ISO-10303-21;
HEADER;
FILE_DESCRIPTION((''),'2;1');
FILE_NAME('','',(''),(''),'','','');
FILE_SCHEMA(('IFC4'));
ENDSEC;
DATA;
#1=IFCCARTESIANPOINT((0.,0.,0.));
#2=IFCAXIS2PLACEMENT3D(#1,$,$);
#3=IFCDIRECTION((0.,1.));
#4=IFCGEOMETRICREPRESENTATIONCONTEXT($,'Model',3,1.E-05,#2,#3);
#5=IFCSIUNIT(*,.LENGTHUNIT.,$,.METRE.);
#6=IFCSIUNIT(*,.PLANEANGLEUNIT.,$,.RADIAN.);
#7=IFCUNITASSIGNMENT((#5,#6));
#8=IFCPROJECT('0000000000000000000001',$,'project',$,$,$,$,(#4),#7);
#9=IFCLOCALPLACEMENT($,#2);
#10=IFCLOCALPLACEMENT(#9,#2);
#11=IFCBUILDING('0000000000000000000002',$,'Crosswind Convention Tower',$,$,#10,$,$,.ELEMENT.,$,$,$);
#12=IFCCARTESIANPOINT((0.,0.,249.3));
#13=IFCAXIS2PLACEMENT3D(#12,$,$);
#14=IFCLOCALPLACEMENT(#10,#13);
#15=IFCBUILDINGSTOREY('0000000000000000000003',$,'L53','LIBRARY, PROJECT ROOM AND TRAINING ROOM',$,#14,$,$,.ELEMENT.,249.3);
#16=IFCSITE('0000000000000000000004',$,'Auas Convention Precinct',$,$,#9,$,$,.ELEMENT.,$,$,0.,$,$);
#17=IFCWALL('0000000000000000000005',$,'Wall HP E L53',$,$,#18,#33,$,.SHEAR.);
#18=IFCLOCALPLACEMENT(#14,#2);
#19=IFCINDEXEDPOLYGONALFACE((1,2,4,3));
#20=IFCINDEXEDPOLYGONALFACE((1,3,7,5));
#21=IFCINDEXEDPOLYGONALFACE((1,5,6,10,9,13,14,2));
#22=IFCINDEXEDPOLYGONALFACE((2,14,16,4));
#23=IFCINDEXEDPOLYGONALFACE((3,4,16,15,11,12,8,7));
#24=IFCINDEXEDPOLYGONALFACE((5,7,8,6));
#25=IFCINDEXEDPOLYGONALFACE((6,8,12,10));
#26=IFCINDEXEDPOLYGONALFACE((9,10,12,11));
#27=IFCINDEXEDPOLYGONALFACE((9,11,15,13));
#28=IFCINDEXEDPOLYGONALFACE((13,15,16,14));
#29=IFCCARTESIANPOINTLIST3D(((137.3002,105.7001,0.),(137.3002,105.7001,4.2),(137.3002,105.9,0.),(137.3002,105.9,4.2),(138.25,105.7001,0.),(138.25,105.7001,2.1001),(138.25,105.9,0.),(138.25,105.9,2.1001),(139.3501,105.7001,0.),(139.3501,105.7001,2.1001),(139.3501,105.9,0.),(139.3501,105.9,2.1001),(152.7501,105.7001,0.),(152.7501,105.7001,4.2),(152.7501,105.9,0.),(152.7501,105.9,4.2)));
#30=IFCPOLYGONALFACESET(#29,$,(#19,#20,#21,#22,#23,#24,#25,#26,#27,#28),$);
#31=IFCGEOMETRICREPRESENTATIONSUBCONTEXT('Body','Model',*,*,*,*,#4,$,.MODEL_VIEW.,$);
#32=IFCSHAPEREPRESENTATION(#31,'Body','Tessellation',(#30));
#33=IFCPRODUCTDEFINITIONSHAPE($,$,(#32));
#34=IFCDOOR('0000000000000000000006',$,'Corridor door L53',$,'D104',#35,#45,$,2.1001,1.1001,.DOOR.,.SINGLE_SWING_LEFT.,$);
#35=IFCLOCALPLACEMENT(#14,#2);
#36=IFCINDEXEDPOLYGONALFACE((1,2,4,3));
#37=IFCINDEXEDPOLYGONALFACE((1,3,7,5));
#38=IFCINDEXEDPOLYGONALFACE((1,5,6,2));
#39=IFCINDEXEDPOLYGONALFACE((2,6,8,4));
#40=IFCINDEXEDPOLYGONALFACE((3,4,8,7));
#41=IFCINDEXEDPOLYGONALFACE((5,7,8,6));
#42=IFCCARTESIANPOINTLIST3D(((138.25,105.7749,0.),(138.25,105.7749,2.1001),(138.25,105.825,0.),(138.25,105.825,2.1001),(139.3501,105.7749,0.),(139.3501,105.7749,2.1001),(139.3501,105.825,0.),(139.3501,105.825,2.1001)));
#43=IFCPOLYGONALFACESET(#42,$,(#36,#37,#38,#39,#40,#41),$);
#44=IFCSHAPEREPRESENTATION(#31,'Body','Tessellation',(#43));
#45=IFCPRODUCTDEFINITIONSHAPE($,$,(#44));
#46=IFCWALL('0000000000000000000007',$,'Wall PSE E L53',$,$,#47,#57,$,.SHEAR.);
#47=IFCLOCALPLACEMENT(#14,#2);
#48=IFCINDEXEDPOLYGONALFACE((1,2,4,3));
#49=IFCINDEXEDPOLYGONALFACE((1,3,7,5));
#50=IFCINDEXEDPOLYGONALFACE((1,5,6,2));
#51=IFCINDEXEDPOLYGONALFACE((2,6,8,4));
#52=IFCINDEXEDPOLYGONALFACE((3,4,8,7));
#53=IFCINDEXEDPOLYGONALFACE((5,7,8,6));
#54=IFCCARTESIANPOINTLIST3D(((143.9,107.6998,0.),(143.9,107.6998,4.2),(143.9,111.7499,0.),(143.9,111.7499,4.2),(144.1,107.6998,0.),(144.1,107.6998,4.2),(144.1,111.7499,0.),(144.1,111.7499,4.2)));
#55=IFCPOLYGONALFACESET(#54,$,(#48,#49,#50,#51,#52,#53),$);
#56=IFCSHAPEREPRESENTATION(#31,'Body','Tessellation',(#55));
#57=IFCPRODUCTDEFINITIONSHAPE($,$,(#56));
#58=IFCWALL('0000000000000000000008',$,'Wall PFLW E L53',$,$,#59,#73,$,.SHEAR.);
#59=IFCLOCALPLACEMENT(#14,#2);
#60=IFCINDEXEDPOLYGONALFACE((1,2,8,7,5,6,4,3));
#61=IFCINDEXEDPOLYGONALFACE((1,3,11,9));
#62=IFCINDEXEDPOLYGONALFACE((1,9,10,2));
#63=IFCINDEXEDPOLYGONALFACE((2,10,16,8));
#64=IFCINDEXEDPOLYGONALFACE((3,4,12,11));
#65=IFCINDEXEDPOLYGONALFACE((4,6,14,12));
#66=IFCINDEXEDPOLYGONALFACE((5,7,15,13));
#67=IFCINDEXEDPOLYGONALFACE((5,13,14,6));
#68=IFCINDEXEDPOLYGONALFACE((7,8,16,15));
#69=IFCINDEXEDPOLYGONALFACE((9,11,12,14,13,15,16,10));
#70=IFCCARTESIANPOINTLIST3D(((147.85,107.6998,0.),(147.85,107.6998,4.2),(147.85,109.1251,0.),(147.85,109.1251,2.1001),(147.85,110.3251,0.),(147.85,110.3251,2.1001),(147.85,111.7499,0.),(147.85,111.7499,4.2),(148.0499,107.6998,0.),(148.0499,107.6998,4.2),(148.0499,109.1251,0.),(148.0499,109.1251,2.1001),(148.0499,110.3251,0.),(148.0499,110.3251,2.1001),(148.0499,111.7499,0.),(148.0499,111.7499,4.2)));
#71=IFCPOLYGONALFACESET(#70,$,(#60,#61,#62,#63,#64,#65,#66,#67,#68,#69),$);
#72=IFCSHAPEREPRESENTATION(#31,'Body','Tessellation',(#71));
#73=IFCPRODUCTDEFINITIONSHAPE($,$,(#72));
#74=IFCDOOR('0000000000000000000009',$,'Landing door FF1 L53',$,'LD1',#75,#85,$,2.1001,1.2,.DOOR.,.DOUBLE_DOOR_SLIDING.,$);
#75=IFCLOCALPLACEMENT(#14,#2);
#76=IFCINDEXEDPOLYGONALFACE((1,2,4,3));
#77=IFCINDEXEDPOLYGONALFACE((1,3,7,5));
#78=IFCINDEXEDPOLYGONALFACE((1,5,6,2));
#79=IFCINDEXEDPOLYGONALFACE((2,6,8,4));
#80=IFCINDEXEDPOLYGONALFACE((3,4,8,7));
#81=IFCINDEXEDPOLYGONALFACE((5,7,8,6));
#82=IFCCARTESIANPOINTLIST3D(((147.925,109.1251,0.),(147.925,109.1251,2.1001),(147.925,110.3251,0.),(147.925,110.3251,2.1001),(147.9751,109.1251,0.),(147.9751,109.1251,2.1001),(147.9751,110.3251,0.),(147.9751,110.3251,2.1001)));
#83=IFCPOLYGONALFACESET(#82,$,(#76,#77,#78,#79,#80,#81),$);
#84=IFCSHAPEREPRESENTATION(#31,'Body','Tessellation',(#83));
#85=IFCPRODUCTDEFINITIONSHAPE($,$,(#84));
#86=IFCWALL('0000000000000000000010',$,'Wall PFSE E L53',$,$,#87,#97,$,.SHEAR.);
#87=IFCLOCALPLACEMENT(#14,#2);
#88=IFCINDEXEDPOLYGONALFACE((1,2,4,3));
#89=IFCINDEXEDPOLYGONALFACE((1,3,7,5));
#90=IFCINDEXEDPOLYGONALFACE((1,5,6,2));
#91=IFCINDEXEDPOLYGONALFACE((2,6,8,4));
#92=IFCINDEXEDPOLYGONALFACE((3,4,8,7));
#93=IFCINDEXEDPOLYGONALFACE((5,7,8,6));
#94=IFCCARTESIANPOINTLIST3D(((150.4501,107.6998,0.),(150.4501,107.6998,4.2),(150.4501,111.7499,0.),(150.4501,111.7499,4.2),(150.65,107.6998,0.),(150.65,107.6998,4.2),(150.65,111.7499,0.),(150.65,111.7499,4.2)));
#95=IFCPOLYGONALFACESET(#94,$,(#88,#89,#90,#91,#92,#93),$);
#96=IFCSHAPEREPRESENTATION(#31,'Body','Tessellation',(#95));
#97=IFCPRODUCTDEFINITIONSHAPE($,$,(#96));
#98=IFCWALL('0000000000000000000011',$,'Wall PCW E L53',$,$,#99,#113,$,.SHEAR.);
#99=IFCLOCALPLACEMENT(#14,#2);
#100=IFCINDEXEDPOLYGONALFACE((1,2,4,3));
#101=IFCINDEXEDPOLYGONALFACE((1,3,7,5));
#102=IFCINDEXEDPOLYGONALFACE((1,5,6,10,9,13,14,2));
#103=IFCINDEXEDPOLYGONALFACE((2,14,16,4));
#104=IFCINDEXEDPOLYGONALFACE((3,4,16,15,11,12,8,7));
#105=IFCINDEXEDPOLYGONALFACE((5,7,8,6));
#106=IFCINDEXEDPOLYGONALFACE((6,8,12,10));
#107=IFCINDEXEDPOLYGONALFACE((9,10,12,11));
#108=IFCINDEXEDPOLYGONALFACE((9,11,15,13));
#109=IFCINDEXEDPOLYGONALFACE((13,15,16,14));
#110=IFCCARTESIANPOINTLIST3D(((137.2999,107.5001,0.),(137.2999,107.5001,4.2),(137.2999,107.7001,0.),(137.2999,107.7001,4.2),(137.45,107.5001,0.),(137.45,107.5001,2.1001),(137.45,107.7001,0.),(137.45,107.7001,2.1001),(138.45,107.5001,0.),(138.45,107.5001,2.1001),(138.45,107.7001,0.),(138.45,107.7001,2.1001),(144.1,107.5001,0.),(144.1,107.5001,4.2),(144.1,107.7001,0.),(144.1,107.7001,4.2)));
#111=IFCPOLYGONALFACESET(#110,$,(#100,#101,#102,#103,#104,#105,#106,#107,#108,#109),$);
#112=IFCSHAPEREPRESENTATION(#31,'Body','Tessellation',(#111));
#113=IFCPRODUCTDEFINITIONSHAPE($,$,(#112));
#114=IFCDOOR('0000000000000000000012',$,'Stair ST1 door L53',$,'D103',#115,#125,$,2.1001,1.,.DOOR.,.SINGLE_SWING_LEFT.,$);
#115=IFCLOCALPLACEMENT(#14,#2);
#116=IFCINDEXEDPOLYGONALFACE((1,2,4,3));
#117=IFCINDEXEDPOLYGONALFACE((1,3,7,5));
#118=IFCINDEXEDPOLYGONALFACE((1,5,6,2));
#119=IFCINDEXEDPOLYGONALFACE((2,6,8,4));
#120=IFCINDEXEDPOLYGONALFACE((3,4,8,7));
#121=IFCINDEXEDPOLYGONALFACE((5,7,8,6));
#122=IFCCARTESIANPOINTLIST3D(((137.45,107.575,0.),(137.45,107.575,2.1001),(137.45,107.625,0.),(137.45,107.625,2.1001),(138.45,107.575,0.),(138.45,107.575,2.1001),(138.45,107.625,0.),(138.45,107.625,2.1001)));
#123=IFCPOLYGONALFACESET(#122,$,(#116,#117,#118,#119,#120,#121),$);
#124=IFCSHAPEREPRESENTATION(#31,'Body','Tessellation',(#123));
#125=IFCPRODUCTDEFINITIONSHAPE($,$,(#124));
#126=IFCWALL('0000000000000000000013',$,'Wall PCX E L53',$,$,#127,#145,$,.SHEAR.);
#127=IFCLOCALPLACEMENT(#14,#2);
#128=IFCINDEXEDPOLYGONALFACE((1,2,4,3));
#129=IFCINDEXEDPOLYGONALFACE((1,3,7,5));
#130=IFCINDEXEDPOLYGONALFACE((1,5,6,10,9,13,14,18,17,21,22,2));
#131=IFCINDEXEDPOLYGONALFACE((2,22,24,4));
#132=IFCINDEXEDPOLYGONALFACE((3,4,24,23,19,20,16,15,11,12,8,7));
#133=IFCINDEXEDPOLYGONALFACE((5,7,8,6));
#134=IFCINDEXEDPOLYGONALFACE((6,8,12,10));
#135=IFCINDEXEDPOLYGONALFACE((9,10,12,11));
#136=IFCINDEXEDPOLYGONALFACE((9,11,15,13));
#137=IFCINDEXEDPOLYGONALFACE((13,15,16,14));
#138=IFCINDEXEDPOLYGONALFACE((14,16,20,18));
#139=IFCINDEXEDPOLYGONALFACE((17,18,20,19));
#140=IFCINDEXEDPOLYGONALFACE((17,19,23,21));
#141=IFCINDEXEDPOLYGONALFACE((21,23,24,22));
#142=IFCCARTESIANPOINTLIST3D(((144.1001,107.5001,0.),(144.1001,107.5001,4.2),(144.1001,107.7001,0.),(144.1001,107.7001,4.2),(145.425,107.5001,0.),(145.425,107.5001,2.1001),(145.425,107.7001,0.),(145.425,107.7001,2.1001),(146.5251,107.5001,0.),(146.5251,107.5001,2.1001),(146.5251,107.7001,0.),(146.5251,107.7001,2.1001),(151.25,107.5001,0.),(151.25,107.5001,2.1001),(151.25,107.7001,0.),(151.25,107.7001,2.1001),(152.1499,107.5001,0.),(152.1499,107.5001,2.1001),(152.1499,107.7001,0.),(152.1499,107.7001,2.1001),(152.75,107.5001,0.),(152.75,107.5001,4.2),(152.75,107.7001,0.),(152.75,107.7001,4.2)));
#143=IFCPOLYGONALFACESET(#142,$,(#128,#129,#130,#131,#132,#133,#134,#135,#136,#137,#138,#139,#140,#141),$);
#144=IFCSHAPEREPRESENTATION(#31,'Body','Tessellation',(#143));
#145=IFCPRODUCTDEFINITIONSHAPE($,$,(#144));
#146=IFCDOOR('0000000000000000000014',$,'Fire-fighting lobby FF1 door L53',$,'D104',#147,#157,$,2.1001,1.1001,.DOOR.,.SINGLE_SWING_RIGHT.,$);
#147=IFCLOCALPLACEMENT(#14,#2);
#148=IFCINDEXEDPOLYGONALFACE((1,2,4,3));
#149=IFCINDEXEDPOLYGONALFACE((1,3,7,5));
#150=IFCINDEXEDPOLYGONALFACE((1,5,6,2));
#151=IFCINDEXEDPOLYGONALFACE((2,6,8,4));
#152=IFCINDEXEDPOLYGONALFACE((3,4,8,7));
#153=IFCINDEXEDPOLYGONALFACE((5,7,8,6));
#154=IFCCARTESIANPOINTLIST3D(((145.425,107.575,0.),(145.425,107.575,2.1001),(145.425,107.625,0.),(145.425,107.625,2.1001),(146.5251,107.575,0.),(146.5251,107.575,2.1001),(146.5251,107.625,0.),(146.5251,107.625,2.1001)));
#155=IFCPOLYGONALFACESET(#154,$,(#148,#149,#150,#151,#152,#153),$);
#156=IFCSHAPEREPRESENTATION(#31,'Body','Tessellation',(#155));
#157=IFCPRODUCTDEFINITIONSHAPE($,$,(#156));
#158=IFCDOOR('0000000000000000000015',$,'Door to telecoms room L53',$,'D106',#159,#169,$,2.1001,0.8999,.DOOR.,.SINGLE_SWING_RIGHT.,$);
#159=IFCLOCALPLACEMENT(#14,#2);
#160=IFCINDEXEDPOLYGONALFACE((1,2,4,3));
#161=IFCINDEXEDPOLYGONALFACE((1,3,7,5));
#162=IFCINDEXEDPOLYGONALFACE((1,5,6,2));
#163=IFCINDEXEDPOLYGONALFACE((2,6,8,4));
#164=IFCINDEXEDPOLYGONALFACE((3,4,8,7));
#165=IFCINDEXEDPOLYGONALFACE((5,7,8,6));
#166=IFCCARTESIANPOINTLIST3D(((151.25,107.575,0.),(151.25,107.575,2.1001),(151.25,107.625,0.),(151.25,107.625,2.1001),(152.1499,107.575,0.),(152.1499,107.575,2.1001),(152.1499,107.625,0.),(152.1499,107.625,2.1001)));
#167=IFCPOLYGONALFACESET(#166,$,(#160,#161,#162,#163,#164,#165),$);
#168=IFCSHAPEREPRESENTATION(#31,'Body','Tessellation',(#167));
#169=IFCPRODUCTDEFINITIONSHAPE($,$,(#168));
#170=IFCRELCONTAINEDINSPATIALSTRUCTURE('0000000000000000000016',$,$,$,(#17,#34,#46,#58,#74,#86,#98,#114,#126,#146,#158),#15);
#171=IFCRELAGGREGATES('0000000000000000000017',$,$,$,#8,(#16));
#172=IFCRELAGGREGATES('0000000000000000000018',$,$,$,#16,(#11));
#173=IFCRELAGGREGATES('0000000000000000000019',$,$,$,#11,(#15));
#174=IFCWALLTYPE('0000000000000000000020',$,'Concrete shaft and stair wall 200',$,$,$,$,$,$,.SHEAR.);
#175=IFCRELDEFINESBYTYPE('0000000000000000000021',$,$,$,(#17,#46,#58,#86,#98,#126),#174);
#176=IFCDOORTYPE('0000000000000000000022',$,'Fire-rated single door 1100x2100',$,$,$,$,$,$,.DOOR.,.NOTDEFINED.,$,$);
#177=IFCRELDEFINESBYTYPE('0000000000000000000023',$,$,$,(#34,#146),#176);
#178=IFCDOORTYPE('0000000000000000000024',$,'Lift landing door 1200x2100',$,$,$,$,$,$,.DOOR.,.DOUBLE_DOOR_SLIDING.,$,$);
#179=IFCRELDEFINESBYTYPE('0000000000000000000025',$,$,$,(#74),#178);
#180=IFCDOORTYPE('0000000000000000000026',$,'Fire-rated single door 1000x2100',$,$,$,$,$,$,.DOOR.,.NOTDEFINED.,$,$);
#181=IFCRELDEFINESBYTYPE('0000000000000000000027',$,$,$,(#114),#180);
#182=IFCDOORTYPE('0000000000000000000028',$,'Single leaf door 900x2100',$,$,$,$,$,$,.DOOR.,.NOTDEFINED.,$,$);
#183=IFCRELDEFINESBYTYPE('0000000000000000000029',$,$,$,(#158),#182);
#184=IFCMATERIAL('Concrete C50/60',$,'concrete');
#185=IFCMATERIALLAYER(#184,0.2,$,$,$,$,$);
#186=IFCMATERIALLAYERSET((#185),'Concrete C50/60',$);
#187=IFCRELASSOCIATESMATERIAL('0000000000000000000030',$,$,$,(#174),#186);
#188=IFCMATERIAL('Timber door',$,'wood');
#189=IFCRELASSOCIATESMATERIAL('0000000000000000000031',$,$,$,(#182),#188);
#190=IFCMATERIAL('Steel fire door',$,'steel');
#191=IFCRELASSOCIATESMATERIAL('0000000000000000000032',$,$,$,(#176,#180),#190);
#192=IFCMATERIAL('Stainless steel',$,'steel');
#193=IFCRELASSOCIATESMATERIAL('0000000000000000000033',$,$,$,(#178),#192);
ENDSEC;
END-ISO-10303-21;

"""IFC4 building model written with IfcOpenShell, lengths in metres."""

from ifc_helpers import new_model, si_unit, direction, frame, frame_2d, origin, place, context, subcontext, project, spatial, rectangle, extrude, material, layer, layer_set, type_object, element, fill, save


model = new_model("IFC4")

# Units and contexts
model_context = context("Model", 3, precision=1e-05, world=origin(), true_north=direction((0.0, 1.0)))
body_context = subcontext(model_context, "Body", "Model", "MODEL_VIEW")
ifc_project = project(units=[si_unit("LENGTHUNIT", "METRE"), si_unit("PLANEANGLEUNIT", "RADIAN")], contexts=[model_context])

# Site, building, storey
site_placement = place(None, origin())
site = spatial("IfcSite", under=ifc_project, at=site_placement, Name="Auas Convention Precinct", CompositionType="ELEMENT", RefElevation=0.0)
building_placement = place(site_placement, origin())
building = spatial("IfcBuilding", under=site, at=building_placement, Name="Crosswind Convention Tower", CompositionType="ELEMENT")
storey_placement = place(building_placement, frame((0.0, 0.0, 249.3)))
storey = spatial("IfcBuildingStorey", under=building, at=storey_placement, Name="L53", Description="LIBRARY, PROJECT ROOM AND TRAINING ROOM", CompositionType="ELEMENT", Elevation=249.3)

# Shared definitions
ifc_material_1 = material(Name="Concrete C50/60", Category="concrete")
ifc_layer_1 = layer(ifc_material_1, 0.2)
ifc_layer_set_1 = layer_set([ifc_layer_1], Name="Concrete C50/60")
wall_type_1 = type_object("IfcWallType", Name="Concrete shaft and stair wall 200", PredefinedType="SHEAR", material=ifc_layer_set_1)

# Shared definitions
ifc_material_2 = material(Name="Timber door", Category="wood")
door_type_1 = type_object("IfcDoorType", Name="Single leaf door 900x2100", OperationType="NOTDEFINED", PredefinedType="DOOR", material=ifc_material_2)

# Wall, opening, door
wall_1_placement = place(storey_placement, frame((137.3, 105.8, 0.0), z_axis=(0.0, 0.0, 1.0), x_axis=(1.0, 0.0, 0.0)))
wall_1 = element("IfcWall", 1, at=wall_1_placement, inside=storey, type_object=wall_type_1, Name="Wall HP E L53", PredefinedType="SHEAR", context=body_context, shape_type="SweptSolid", body=[
    extrude(rectangle(XDim=15.45, YDim=0.2, at=frame_2d((7.7251, 0.0))), origin(), (0.0, 0.0, 1.0), 4.2),
])
opening_1_placement = place(wall_1_placement, frame((0.95, 0.0, 0.0)))
opening_1 = element("IfcOpeningElement", 2, at=opening_1_placement, cuts=wall_1, PredefinedType="OPENING", context=body_context, shape_type="SweptSolid", body=[
    extrude(rectangle(XDim=1.1001, YDim=2.1001, at=frame_2d((0.55, 1.05))), frame((0.0, 0.1099, 0.0), z_axis=(0.0, -1.0, 0.0), x_axis=(1.0, 0.0, 0.0)), (0.0, 0.0, 1.0), 0.22),
])
ifc_material_3 = material(Name="Steel fire door", Category="steel")
door_type_2 = type_object("IfcDoorType", Name="Fire-rated single door 1100x2100", OperationType="NOTDEFINED", PredefinedType="DOOR", material=ifc_material_3)
door_1_placement = place(opening_1_placement, origin())
door_1 = element("IfcDoor", 3, at=door_1_placement, inside=storey, type_object=door_type_2, Name="Corridor door L53", ObjectType="D104", OperationType="SINGLE_SWING_LEFT", OverallHeight=2.1001, OverallWidth=1.1001, PredefinedType="DOOR", context=body_context, shape_type="SweptSolid", body=[
    extrude(rectangle(XDim=1.1001, YDim=2.1001, at=frame_2d((0.55, 1.05))), frame((0.0, 0.0249, 0.0), z_axis=(0.0, -1.0, 0.0), x_axis=(1.0, 0.0, 0.0)), (0.0, 0.0, 1.0), 0.05),
])
fill(opening_1, door_1)

# Wall
wall_2_placement = place(storey_placement, frame((144.0, 107.7, 0.0), z_axis=(0.0, 0.0, 1.0), x_axis=(0.0, 1.0, 0.0)))
element("IfcWall", 4, at=wall_2_placement, inside=storey, type_object=wall_type_1, Name="Wall PSE E L53", PredefinedType="SHEAR", context=body_context, shape_type="SweptSolid", body=[
    extrude(rectangle(XDim=4.05, YDim=0.2, at=frame_2d((2.0249, 0.0))), origin(), (0.0, 0.0, 1.0), 4.2),
])

# Wall, opening, door
wall_3_placement = place(storey_placement, frame((147.95, 107.7, 0.0), z_axis=(0.0, 0.0, 1.0), x_axis=(0.0, 1.0, 0.0)))
wall_3 = element("IfcWall", 5, at=wall_3_placement, inside=storey, type_object=wall_type_1, Name="Wall PFLW E L53", PredefinedType="SHEAR", context=body_context, shape_type="SweptSolid", body=[
    extrude(rectangle(XDim=4.05, YDim=0.2, at=frame_2d((2.0249, 0.0))), origin(), (0.0, 0.0, 1.0), 4.2),
])
opening_2_placement = place(wall_3_placement, frame((1.425, 0.0, 0.0)))
opening_2 = element("IfcOpeningElement", 6, at=opening_2_placement, cuts=wall_3, PredefinedType="OPENING", context=body_context, shape_type="SweptSolid", body=[
    extrude(rectangle(XDim=1.2, YDim=2.1001, at=frame_2d((0.6001, 1.05))), frame((0.0, 0.1099, 0.0), z_axis=(0.0, -1.0, 0.0), x_axis=(1.0, 0.0, 0.0)), (0.0, 0.0, 1.0), 0.22),
])
ifc_material_4 = material(Name="Stainless steel", Category="steel")
door_type_3 = type_object("IfcDoorType", Name="Lift landing door 1200x2100", OperationType="DOUBLE_DOOR_SLIDING", PredefinedType="DOOR", material=ifc_material_4)
door_2_placement = place(opening_2_placement, origin())
door_2 = element("IfcDoor", 7, at=door_2_placement, inside=storey, type_object=door_type_3, Name="Landing door FF1 L53", ObjectType="LD1", OperationType="DOUBLE_DOOR_SLIDING", OverallHeight=2.1001, OverallWidth=1.2, PredefinedType="DOOR", context=body_context, shape_type="SweptSolid", body=[
    extrude(rectangle(XDim=1.2, YDim=2.1001, at=frame_2d((0.6001, 1.05))), frame((0.0, 0.0249, 0.0), z_axis=(0.0, -1.0, 0.0), x_axis=(1.0, 0.0, 0.0)), (0.0, 0.0, 1.0), 0.05),
])
fill(opening_2, door_2)

# Wall
wall_4_placement = place(storey_placement, frame((150.55, 107.7, 0.0), z_axis=(0.0, 0.0, 1.0), x_axis=(0.0, 1.0, 0.0)))
element("IfcWall", 8, at=wall_4_placement, inside=storey, type_object=wall_type_1, Name="Wall PFSE E L53", PredefinedType="SHEAR", context=body_context, shape_type="SweptSolid", body=[
    extrude(rectangle(XDim=4.05, YDim=0.2, at=frame_2d((2.0249, 0.0))), origin(), (0.0, 0.0, 1.0), 4.2),
])

# Wall, opening, door
wall_5_placement = place(storey_placement, frame((137.3, 107.6001, 0.0), z_axis=(0.0, 0.0, 1.0), x_axis=(1.0, 0.0, 0.0)))
wall_5 = element("IfcWall", 9, at=wall_5_placement, inside=storey, type_object=wall_type_1, Name="Wall PCW E L53", PredefinedType="SHEAR", context=body_context, shape_type="SweptSolid", body=[
    extrude(rectangle(XDim=6.8, YDim=0.2, at=frame_2d((3.3999, 0.0))), origin(), (0.0, 0.0, 1.0), 4.2),
])
opening_3_placement = place(wall_5_placement, frame((0.1499, 0.0, 0.0)))
opening_3 = element("IfcOpeningElement", 10, at=opening_3_placement, cuts=wall_5, PredefinedType="OPENING", context=body_context, shape_type="SweptSolid", body=[
    extrude(rectangle(XDim=1.0, YDim=2.1001, at=frame_2d((0.5, 1.05))), frame((0.0, 0.1099, 0.0), z_axis=(0.0, -1.0, 0.0), x_axis=(1.0, 0.0, 0.0)), (0.0, 0.0, 1.0), 0.22),
])
door_type_4 = type_object("IfcDoorType", Name="Fire-rated single door 1000x2100", OperationType="NOTDEFINED", PredefinedType="DOOR", material=ifc_material_3)
door_3_placement = place(opening_3_placement, origin())
door_3 = element("IfcDoor", 11, at=door_3_placement, inside=storey, type_object=door_type_4, Name="Stair ST1 door L53", ObjectType="D103", OperationType="SINGLE_SWING_LEFT", OverallHeight=2.1001, OverallWidth=1.0, PredefinedType="DOOR", context=body_context, shape_type="SweptSolid", body=[
    extrude(rectangle(XDim=1.0, YDim=2.1001, at=frame_2d((0.5, 1.05))), frame((0.0, 0.0249, 0.0), z_axis=(0.0, -1.0, 0.0), x_axis=(1.0, 0.0, 0.0)), (0.0, 0.0, 1.0), 0.05),
])
fill(opening_3, door_3)

# Wall, openings, doors
wall_6_placement = place(storey_placement, frame((144.1001, 107.6001, 0.0), z_axis=(0.0, 0.0, 1.0), x_axis=(1.0, 0.0, 0.0)))
wall_6 = element("IfcWall", 12, at=wall_6_placement, inside=storey, type_object=wall_type_1, Name="Wall PCX E L53", PredefinedType="SHEAR", context=body_context, shape_type="SweptSolid", body=[
    extrude(rectangle(XDim=8.6499, YDim=0.2, at=frame_2d((4.325, 0.0))), origin(), (0.0, 0.0, 1.0), 4.2),
])
opening_4_placement = place(wall_6_placement, frame((1.325, 0.0, 0.0)))
opening_4 = element("IfcOpeningElement", 13, at=opening_4_placement, cuts=wall_6, PredefinedType="OPENING", context=body_context, shape_type="SweptSolid", body=[
    extrude(rectangle(XDim=1.1001, YDim=2.1001, at=frame_2d((0.55, 1.05))), frame((0.0, 0.1099, 0.0), z_axis=(0.0, -1.0, 0.0), x_axis=(1.0, 0.0, 0.0)), (0.0, 0.0, 1.0), 0.22),
])
opening_5_placement = place(wall_6_placement, frame((7.1499, 0.0, 0.0)))
opening_5 = element("IfcOpeningElement", 14, at=opening_5_placement, cuts=wall_6, PredefinedType="OPENING", context=body_context, shape_type="SweptSolid", body=[
    extrude(rectangle(XDim=0.8999, YDim=2.1001, at=frame_2d((0.45, 1.05))), frame((0.0, 0.1099, 0.0), z_axis=(0.0, -1.0, 0.0), x_axis=(1.0, 0.0, 0.0)), (0.0, 0.0, 1.0), 0.22),
])
door_4_placement = place(opening_4_placement, origin())
door_4 = element("IfcDoor", 15, at=door_4_placement, inside=storey, type_object=door_type_2, Name="Fire-fighting lobby FF1 door L53", ObjectType="D104", OperationType="SINGLE_SWING_RIGHT", OverallHeight=2.1001, OverallWidth=1.1001, PredefinedType="DOOR", context=body_context, shape_type="SweptSolid", body=[
    extrude(rectangle(XDim=1.1001, YDim=2.1001, at=frame_2d((0.55, 1.05))), frame((0.0, 0.0249, 0.0), z_axis=(0.0, -1.0, 0.0), x_axis=(1.0, 0.0, 0.0)), (0.0, 0.0, 1.0), 0.05),
])
fill(opening_4, door_4)
door_5_placement = place(opening_5_placement, origin())
door_5 = element("IfcDoor", 16, at=door_5_placement, inside=storey, type_object=door_type_1, Name="Door to telecoms room L53", ObjectType="D106", OperationType="SINGLE_SWING_RIGHT", OverallHeight=2.1001, OverallWidth=0.8999, PredefinedType="DOOR", context=body_context, shape_type="SweptSolid", body=[
    extrude(rectangle(XDim=0.8999, YDim=2.1001, at=frame_2d((0.45, 1.05))), frame((0.0, 0.0249, 0.0), z_axis=(0.0, -1.0, 0.0), x_axis=(1.0, 0.0, 0.0)), (0.0, 0.0, 1.0), 0.05),
])
fill(opening_5, door_5)

save(model, "model.ifc")
